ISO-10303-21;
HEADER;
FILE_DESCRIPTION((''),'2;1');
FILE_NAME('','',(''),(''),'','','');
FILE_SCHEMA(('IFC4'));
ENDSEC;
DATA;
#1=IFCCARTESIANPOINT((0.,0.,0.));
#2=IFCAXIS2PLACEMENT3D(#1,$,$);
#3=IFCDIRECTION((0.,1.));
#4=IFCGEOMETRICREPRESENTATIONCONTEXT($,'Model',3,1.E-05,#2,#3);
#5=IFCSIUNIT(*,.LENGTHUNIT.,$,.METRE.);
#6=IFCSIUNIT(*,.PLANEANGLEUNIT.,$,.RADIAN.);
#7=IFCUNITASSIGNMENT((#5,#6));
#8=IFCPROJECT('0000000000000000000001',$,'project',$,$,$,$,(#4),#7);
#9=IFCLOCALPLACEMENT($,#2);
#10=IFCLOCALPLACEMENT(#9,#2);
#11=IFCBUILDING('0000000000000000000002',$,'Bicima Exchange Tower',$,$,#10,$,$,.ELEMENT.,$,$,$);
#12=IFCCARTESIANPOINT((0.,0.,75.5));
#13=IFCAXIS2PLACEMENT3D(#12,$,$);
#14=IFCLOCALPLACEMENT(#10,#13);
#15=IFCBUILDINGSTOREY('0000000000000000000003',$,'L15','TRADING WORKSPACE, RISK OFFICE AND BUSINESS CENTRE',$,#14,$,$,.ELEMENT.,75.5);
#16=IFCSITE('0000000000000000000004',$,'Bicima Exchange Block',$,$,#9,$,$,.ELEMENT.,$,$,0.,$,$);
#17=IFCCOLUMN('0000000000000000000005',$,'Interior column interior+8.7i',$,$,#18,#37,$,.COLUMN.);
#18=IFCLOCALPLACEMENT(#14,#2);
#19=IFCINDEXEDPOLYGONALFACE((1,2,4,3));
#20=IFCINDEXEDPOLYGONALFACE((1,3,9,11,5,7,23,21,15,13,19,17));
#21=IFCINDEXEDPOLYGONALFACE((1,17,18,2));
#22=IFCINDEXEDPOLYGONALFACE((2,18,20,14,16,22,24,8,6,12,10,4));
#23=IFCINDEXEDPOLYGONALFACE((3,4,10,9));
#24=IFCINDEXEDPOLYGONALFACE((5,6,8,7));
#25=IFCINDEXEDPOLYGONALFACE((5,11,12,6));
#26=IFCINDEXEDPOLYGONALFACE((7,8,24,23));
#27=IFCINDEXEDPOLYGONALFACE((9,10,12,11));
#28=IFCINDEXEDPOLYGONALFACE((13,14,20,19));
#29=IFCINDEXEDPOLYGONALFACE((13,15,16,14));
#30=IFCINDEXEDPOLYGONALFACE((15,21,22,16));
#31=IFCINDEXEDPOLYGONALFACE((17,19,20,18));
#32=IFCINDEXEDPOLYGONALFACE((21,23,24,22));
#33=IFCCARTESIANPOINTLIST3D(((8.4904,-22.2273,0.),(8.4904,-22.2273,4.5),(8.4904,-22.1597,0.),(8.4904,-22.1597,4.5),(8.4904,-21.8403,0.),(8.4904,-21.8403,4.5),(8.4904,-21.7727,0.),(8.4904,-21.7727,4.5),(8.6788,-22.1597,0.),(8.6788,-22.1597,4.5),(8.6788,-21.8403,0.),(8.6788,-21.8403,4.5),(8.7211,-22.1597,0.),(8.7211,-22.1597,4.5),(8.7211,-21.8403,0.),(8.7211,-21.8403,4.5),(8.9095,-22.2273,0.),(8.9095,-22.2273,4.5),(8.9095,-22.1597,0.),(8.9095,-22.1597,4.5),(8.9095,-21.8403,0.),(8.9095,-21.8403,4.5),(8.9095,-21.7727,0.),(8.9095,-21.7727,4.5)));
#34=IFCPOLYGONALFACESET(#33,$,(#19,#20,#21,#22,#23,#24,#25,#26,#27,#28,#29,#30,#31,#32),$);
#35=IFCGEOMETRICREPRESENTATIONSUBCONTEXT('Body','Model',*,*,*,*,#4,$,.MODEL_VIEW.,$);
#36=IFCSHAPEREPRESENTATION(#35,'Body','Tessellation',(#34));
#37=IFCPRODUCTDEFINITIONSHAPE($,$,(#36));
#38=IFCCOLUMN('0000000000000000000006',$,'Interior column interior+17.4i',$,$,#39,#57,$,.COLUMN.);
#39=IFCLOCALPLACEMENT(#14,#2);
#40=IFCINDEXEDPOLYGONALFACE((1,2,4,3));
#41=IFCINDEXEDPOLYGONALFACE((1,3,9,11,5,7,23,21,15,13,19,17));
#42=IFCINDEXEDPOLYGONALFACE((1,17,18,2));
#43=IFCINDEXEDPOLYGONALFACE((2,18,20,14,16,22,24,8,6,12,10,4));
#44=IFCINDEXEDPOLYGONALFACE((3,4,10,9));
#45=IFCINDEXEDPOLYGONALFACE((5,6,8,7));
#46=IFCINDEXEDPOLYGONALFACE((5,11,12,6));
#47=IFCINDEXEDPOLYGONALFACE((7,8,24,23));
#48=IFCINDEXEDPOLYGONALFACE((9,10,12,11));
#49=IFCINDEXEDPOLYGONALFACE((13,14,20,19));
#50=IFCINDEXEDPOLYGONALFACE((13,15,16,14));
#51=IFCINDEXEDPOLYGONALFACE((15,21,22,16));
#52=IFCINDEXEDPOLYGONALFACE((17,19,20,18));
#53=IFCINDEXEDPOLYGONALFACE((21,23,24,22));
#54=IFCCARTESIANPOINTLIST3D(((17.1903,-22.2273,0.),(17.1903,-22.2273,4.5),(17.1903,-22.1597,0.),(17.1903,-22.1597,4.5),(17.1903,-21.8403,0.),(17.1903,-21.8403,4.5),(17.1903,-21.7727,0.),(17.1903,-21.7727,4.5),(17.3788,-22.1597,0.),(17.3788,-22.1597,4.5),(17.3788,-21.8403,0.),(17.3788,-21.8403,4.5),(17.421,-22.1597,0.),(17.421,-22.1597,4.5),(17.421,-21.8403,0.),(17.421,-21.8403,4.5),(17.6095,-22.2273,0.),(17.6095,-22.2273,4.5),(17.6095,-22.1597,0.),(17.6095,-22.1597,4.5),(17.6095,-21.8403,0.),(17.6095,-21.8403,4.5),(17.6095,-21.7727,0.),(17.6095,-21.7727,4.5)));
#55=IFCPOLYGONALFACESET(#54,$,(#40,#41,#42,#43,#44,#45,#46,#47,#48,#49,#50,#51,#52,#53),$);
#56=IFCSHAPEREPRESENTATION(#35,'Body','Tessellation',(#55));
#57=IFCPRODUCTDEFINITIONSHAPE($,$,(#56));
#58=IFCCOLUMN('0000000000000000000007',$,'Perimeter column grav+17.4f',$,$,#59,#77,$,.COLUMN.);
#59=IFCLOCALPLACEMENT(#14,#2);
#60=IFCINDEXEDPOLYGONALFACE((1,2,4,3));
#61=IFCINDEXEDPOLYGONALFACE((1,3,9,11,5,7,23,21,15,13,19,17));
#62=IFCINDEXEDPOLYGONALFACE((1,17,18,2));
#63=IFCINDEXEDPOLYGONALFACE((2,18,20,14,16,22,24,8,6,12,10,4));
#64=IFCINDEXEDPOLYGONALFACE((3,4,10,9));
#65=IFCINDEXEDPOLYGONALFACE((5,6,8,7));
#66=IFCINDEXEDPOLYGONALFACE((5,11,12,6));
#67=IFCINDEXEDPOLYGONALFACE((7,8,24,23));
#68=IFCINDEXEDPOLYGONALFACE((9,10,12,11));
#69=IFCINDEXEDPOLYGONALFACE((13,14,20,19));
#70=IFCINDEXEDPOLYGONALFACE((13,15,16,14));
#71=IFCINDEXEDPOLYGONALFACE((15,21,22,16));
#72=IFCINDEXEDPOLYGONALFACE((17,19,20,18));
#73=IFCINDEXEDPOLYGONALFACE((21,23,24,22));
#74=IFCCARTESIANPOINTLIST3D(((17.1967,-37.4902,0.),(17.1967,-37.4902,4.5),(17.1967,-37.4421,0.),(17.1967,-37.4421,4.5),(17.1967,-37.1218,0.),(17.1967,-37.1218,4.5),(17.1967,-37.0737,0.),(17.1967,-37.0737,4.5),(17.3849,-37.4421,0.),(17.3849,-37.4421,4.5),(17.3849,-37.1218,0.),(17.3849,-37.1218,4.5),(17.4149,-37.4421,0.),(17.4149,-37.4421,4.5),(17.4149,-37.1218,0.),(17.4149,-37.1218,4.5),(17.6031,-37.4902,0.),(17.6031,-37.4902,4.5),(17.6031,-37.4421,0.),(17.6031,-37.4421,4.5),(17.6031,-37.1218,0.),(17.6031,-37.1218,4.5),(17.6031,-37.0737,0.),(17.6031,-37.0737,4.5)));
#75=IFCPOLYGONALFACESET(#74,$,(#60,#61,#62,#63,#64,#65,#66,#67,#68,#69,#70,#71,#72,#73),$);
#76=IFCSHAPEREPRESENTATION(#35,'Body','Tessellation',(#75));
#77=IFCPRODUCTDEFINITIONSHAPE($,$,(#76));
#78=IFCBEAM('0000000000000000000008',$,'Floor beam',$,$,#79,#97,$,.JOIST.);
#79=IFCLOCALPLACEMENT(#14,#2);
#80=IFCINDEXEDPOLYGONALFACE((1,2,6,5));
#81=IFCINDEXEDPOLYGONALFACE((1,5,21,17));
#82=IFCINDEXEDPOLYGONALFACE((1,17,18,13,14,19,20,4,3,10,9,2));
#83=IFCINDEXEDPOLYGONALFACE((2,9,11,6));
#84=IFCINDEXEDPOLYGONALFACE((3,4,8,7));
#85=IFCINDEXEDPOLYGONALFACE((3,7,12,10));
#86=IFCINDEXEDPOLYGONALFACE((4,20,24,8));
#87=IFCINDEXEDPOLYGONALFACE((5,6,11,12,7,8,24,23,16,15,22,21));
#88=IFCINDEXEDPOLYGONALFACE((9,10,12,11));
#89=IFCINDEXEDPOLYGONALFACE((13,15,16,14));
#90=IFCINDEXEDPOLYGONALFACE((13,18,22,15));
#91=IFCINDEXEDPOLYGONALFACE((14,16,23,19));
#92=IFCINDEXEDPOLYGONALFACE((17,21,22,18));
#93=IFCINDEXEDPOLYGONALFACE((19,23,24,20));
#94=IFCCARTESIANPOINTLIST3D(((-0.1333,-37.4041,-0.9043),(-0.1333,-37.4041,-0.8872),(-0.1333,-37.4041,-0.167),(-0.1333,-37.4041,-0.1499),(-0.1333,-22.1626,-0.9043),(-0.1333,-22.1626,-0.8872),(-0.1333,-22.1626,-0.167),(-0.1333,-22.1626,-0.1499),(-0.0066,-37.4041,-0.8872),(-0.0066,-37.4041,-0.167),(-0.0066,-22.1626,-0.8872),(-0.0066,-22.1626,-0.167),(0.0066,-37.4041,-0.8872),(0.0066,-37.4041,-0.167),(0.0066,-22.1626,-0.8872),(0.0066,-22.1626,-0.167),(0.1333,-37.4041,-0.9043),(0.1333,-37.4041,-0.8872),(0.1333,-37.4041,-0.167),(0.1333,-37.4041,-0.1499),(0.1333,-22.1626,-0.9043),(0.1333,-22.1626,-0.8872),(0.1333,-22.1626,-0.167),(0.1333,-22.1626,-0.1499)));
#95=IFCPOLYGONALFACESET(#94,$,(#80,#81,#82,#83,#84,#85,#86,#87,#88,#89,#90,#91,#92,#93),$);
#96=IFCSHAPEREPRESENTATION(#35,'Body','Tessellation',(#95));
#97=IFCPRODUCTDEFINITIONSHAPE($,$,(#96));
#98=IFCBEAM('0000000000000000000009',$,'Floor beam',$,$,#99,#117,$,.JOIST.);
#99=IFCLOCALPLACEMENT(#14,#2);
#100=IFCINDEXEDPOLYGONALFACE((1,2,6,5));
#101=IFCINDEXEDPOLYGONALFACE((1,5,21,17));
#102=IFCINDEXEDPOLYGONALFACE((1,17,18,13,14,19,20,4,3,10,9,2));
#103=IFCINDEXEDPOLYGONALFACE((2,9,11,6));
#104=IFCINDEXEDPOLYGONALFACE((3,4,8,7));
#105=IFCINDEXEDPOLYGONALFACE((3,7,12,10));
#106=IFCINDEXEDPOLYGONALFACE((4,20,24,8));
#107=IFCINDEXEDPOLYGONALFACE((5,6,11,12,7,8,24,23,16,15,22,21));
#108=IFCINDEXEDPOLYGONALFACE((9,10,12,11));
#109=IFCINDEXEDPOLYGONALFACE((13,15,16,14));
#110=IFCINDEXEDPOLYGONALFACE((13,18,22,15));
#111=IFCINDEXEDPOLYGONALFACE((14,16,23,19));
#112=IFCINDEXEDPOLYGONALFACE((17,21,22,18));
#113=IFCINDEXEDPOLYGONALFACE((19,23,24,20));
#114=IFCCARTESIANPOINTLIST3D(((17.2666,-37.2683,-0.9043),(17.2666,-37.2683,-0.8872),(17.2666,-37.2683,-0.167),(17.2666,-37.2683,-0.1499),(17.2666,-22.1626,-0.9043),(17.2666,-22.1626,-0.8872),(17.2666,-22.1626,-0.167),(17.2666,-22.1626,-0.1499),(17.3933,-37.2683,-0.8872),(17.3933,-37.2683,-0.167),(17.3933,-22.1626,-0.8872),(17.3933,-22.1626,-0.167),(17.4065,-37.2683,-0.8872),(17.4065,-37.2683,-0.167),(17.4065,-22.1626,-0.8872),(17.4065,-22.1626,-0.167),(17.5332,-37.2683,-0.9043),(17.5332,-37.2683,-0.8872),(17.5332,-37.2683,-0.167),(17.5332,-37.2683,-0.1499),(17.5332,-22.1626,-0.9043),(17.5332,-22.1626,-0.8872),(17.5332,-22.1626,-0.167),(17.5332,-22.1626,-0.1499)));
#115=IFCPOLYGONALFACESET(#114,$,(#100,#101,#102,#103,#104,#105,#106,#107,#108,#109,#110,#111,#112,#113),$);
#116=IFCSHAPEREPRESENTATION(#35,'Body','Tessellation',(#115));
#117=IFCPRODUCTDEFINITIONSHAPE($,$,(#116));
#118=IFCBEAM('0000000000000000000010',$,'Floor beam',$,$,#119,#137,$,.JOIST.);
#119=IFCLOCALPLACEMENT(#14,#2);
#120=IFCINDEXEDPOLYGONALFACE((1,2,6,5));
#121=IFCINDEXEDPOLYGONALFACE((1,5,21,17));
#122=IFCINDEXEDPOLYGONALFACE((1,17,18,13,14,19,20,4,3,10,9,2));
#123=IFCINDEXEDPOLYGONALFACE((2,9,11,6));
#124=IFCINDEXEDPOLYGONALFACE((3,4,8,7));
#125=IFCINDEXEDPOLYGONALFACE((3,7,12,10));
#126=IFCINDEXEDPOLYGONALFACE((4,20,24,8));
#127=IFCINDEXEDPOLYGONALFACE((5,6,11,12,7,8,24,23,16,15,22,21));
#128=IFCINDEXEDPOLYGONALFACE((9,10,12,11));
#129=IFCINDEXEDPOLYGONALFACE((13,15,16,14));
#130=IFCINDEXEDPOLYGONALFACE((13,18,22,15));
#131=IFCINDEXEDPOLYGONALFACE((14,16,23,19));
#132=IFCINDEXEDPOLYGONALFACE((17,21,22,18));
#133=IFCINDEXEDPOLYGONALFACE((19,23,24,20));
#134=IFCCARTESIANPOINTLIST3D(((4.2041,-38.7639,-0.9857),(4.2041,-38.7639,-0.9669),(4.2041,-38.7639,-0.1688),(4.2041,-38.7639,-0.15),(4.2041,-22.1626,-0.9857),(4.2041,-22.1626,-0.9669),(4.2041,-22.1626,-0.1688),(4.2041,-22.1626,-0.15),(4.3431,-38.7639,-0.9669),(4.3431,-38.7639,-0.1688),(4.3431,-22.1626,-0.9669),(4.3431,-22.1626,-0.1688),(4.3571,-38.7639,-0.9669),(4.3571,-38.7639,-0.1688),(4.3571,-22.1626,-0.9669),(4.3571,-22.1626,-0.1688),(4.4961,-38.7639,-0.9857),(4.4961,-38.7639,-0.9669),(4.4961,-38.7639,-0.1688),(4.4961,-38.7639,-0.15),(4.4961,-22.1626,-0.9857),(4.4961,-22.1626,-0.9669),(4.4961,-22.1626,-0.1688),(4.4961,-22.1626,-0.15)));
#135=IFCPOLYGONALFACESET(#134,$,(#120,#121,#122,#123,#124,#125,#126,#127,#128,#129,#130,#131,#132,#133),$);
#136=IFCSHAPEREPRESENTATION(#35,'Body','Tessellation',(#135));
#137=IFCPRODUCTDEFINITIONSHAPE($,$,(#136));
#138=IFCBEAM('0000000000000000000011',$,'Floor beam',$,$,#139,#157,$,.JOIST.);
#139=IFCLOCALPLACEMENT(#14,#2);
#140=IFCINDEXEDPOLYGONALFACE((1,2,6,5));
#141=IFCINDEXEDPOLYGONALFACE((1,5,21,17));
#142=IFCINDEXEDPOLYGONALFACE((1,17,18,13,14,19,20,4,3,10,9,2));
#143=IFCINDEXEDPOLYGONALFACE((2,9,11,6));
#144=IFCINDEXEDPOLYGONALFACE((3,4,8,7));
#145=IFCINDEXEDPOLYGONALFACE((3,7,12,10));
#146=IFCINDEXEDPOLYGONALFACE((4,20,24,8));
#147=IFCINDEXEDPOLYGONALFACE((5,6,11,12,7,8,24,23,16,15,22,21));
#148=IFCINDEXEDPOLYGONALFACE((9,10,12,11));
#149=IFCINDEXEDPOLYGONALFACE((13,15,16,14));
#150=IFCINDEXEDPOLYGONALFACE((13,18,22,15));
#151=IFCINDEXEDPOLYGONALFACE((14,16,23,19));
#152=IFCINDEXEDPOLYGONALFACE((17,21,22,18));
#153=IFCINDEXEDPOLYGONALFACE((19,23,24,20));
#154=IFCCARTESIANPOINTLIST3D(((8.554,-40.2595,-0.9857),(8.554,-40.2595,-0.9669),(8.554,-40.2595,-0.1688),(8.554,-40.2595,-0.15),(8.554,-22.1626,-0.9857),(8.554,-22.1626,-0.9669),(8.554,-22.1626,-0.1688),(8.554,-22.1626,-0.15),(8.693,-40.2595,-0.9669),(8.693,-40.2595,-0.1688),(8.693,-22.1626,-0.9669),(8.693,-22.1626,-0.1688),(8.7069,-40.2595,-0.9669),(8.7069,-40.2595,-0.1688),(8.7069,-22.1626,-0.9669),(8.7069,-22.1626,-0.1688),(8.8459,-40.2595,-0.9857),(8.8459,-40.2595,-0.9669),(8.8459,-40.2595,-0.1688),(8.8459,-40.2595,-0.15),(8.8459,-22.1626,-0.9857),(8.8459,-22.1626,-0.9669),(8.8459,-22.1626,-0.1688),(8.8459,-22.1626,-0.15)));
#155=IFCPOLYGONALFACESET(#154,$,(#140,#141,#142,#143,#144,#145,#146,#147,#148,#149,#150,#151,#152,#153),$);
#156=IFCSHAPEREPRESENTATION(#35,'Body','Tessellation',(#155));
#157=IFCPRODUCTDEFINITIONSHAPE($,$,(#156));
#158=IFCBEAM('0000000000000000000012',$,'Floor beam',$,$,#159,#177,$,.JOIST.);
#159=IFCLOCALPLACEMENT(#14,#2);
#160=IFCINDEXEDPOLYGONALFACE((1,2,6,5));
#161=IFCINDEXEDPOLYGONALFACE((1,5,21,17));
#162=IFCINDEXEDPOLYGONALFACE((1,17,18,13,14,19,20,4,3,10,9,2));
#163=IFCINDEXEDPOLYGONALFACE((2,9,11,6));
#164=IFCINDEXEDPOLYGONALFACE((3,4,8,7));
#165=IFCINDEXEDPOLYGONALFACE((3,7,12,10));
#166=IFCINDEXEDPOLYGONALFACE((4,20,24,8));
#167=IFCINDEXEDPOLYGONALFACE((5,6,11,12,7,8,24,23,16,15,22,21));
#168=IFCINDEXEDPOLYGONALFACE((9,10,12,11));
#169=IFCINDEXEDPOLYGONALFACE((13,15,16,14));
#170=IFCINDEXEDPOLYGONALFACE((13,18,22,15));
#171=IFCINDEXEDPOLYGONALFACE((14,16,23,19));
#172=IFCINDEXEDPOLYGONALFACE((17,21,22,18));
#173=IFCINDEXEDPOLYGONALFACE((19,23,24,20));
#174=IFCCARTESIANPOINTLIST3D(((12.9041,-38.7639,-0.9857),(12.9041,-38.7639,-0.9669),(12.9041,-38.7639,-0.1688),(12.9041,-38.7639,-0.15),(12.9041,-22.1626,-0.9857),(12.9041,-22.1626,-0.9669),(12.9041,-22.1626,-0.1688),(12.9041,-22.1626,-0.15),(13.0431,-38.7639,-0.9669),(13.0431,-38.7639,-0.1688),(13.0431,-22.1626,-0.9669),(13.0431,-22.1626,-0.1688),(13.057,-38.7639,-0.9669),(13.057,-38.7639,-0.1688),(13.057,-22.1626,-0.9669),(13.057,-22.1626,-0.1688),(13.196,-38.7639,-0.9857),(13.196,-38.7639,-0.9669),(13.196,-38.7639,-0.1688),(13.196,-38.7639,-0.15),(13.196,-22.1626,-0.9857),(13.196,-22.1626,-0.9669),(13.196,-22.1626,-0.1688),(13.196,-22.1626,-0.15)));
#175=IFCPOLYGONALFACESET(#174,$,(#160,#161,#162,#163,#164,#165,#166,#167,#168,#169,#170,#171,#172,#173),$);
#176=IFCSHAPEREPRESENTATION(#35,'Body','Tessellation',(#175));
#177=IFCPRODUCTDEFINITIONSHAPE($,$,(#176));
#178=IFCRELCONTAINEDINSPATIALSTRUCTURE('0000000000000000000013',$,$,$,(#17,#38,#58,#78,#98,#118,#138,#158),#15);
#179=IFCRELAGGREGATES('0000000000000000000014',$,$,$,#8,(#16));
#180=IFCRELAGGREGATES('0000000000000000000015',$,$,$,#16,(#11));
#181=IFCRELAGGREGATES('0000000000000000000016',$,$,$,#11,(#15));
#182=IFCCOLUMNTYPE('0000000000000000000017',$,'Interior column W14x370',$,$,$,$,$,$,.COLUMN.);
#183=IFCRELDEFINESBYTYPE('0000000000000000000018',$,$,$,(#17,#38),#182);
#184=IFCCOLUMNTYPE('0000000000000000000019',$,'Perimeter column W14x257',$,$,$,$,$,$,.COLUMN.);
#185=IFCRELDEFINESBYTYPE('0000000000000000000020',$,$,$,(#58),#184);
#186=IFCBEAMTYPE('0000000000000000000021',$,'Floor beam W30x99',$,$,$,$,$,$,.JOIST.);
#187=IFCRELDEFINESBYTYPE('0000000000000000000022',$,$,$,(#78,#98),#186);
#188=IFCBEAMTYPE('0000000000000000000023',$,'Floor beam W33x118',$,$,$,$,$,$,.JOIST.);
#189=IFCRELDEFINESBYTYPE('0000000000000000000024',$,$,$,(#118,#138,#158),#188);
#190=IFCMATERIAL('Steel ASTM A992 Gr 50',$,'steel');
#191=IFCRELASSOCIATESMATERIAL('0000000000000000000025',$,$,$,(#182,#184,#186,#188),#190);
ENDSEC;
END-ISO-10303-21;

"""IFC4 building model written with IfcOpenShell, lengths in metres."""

from ifc_helpers import new_model, si_unit, direction, frame, origin, origin_2d, place, context, subcontext, project, spatial, i_section, extrude, material, material_profile, profile_set, type_object, element, save


model = new_model("IFC4")

# Units and contexts
model_context = context("Model", 3, precision=1e-05, world=origin(), true_north=direction((0.0, 1.0)))
body_context = subcontext(model_context, "Body", "Model", "MODEL_VIEW")
ifc_project = project(units=[si_unit("LENGTHUNIT", "METRE"), si_unit("PLANEANGLEUNIT", "RADIAN")], contexts=[model_context])

# Site, building, storey
site_placement = place(None, origin())
site = spatial("IfcSite", under=ifc_project, at=site_placement, Name="Bicima Exchange Block", CompositionType="ELEMENT", RefElevation=0.0)
building_placement = place(site_placement, origin())
building = spatial("IfcBuilding", under=site, at=building_placement, Name="Bicima Exchange Tower", CompositionType="ELEMENT")
storey_placement = place(building_placement, frame((0.0, 0.0, 75.5)))
storey = spatial("IfcBuildingStorey", under=building, at=storey_placement, Name="L15", Description="TRADING WORKSPACE, RISK OFFICE AND BUSINESS CENTRE", CompositionType="ELEMENT", Elevation=75.5)

# Columns
ifc_material_1 = material(Name="Steel ASTM A992 Gr 50", Category="steel")
ifc_material_profile_1 = material_profile(ifc_material_1, i_section(OverallWidth=0.4192, OverallDepth=0.4546, WebThickness=0.0422, FlangeThickness=0.0676, at=origin_2d()))
ifc_profile_set_1 = profile_set([ifc_material_profile_1], Name="Steel ASTM A992 Gr 50")
column_type_1 = type_object("IfcColumnType", Name="Interior column W14x370", PredefinedType="COLUMN", material=ifc_profile_set_1)
for number, where, z_axis, x_axis, name in (
    (1, (8.7, -22.0, 0.0), (0.0, 0.0, 1.0), (1.0, 0.0, 0.0), "Interior column interior+8.7i"),
    (2, (17.3999, -22.0, 0.0), (0.0, 0.0, 1.0), (1.0, 0.0, 0.0), "Interior column interior+17.4i"),
):
    element("IfcColumn", number, at=place(storey_placement, frame(where, z_axis=z_axis, x_axis=x_axis)), inside=storey, type_object=column_type_1, Name=name, PredefinedType="COLUMN", context=body_context, shape_type="SweptSolid", body=[
        extrude(i_section(OverallWidth=0.4192, OverallDepth=0.4546, WebThickness=0.0422, FlangeThickness=0.0676, at=origin_2d()), origin(), (0.0, 0.0, 1.0), 4.5),
    ])
ifc_material_profile_2 = material_profile(ifc_material_1, i_section(OverallWidth=0.4065, OverallDepth=0.4165, WebThickness=0.03, FlangeThickness=0.0481, at=origin_2d()))
ifc_profile_set_2 = profile_set([ifc_material_profile_2], Name="Steel ASTM A992 Gr 50")
column_type_2 = type_object("IfcColumnType", Name="Perimeter column W14x257", PredefinedType="COLUMN", material=ifc_profile_set_2)
column_placement = place(storey_placement, frame((17.3999, -37.282, 0.0), z_axis=(0.0, 0.0, 1.0), x_axis=(1.0, 0.0, 0.0)))
element("IfcColumn", 3, at=column_placement, inside=storey, type_object=column_type_2, Name="Perimeter column grav+17.4f", PredefinedType="COLUMN", context=body_context, shape_type="SweptSolid", body=[
    extrude(i_section(OverallWidth=0.4065, OverallDepth=0.4165, WebThickness=0.03, FlangeThickness=0.0481, at=origin_2d()), origin(), (0.0, 0.0, 1.0), 4.5),
])

# Beams
ifc_material_profile_3 = material_profile(ifc_material_1, i_section(OverallWidth=0.2666, OverallDepth=0.7544, WebThickness=0.0132, FlangeThickness=0.0171, at=origin_2d()))
ifc_profile_set_3 = profile_set([ifc_material_profile_3], Name="Steel ASTM A992 Gr 50")
beam_type_1 = type_object("IfcBeamType", Name="Floor beam W30x99", PredefinedType="JOIST", material=ifc_profile_set_3)
beam_1_placement = place(storey_placement, frame((0.0, -22.1626, -0.5271), z_axis=(0.0, -1.0, 0.0), x_axis=(1.0, 0.0, 0.0)))
element("IfcBeam", 4, at=beam_1_placement, inside=storey, type_object=beam_type_1, Name="Floor beam", PredefinedType="JOIST", context=body_context, shape_type="SweptSolid", body=[
    extrude(i_section(OverallWidth=0.2666, OverallDepth=0.7544, WebThickness=0.0132, FlangeThickness=0.0171, at=origin_2d()), origin(), (0.0, 0.0, 1.0), 15.2415),
])
beam_2_placement = place(storey_placement, frame((17.3999, -22.1626, -0.5271), z_axis=(0.0, -1.0, 0.0), x_axis=(1.0, 0.0, 0.0)))
element("IfcBeam", 5, at=beam_2_placement, inside=storey, type_object=beam_type_1, Name="Floor beam", PredefinedType="JOIST", context=body_context, shape_type="SweptSolid", body=[
    extrude(i_section(OverallWidth=0.2666, OverallDepth=0.7544, WebThickness=0.0132, FlangeThickness=0.0171, at=origin_2d()), origin(), (0.0, 0.0, 1.0), 15.1057),
])
ifc_material_profile_4 = material_profile(ifc_material_1, i_section(OverallWidth=0.292, OverallDepth=0.8357, WebThickness=0.0139, FlangeThickness=0.0188, at=origin_2d()))
ifc_profile_set_4 = profile_set([ifc_material_profile_4], Name="Steel ASTM A992 Gr 50")
beam_type_2 = type_object("IfcBeamType", Name="Floor beam W33x118", PredefinedType="JOIST", material=ifc_profile_set_4)
beam_3_placement = place(storey_placement, frame((4.3501, -22.1626, -0.5679), z_axis=(0.0, -1.0, 0.0), x_axis=(1.0, 0.0, 0.0)))
element("IfcBeam", 6, at=beam_3_placement, inside=storey, type_object=beam_type_2, Name="Floor beam", PredefinedType="JOIST", context=body_context, shape_type="SweptSolid", body=[
    extrude(i_section(OverallWidth=0.292, OverallDepth=0.8357, WebThickness=0.0139, FlangeThickness=0.0188, at=origin_2d()), origin(), (0.0, 0.0, 1.0), 16.6013),
])
beam_4_placement = place(storey_placement, frame((8.7, -22.1626, -0.5679), z_axis=(0.0, -1.0, 0.0), x_axis=(1.0, 0.0, 0.0)))
element("IfcBeam", 7, at=beam_4_placement, inside=storey, type_object=beam_type_2, Name="Floor beam", PredefinedType="JOIST", context=body_context, shape_type="SweptSolid", body=[
    extrude(i_section(OverallWidth=0.292, OverallDepth=0.8357, WebThickness=0.0139, FlangeThickness=0.0188, at=origin_2d()), origin(), (0.0, 0.0, 1.0), 18.0969),
])
beam_5_placement = place(storey_placement, frame((13.05, -22.1626, -0.5679), z_axis=(0.0, -1.0, 0.0), x_axis=(1.0, 0.0, 0.0)))
element("IfcBeam", 8, at=beam_5_placement, inside=storey, type_object=beam_type_2, Name="Floor beam", PredefinedType="JOIST", context=body_context, shape_type="SweptSolid", body=[
    extrude(i_section(OverallWidth=0.292, OverallDepth=0.8357, WebThickness=0.0139, FlangeThickness=0.0188, at=origin_2d()), origin(), (0.0, 0.0, 1.0), 16.6013),
])

save(model, "model.ifc")
